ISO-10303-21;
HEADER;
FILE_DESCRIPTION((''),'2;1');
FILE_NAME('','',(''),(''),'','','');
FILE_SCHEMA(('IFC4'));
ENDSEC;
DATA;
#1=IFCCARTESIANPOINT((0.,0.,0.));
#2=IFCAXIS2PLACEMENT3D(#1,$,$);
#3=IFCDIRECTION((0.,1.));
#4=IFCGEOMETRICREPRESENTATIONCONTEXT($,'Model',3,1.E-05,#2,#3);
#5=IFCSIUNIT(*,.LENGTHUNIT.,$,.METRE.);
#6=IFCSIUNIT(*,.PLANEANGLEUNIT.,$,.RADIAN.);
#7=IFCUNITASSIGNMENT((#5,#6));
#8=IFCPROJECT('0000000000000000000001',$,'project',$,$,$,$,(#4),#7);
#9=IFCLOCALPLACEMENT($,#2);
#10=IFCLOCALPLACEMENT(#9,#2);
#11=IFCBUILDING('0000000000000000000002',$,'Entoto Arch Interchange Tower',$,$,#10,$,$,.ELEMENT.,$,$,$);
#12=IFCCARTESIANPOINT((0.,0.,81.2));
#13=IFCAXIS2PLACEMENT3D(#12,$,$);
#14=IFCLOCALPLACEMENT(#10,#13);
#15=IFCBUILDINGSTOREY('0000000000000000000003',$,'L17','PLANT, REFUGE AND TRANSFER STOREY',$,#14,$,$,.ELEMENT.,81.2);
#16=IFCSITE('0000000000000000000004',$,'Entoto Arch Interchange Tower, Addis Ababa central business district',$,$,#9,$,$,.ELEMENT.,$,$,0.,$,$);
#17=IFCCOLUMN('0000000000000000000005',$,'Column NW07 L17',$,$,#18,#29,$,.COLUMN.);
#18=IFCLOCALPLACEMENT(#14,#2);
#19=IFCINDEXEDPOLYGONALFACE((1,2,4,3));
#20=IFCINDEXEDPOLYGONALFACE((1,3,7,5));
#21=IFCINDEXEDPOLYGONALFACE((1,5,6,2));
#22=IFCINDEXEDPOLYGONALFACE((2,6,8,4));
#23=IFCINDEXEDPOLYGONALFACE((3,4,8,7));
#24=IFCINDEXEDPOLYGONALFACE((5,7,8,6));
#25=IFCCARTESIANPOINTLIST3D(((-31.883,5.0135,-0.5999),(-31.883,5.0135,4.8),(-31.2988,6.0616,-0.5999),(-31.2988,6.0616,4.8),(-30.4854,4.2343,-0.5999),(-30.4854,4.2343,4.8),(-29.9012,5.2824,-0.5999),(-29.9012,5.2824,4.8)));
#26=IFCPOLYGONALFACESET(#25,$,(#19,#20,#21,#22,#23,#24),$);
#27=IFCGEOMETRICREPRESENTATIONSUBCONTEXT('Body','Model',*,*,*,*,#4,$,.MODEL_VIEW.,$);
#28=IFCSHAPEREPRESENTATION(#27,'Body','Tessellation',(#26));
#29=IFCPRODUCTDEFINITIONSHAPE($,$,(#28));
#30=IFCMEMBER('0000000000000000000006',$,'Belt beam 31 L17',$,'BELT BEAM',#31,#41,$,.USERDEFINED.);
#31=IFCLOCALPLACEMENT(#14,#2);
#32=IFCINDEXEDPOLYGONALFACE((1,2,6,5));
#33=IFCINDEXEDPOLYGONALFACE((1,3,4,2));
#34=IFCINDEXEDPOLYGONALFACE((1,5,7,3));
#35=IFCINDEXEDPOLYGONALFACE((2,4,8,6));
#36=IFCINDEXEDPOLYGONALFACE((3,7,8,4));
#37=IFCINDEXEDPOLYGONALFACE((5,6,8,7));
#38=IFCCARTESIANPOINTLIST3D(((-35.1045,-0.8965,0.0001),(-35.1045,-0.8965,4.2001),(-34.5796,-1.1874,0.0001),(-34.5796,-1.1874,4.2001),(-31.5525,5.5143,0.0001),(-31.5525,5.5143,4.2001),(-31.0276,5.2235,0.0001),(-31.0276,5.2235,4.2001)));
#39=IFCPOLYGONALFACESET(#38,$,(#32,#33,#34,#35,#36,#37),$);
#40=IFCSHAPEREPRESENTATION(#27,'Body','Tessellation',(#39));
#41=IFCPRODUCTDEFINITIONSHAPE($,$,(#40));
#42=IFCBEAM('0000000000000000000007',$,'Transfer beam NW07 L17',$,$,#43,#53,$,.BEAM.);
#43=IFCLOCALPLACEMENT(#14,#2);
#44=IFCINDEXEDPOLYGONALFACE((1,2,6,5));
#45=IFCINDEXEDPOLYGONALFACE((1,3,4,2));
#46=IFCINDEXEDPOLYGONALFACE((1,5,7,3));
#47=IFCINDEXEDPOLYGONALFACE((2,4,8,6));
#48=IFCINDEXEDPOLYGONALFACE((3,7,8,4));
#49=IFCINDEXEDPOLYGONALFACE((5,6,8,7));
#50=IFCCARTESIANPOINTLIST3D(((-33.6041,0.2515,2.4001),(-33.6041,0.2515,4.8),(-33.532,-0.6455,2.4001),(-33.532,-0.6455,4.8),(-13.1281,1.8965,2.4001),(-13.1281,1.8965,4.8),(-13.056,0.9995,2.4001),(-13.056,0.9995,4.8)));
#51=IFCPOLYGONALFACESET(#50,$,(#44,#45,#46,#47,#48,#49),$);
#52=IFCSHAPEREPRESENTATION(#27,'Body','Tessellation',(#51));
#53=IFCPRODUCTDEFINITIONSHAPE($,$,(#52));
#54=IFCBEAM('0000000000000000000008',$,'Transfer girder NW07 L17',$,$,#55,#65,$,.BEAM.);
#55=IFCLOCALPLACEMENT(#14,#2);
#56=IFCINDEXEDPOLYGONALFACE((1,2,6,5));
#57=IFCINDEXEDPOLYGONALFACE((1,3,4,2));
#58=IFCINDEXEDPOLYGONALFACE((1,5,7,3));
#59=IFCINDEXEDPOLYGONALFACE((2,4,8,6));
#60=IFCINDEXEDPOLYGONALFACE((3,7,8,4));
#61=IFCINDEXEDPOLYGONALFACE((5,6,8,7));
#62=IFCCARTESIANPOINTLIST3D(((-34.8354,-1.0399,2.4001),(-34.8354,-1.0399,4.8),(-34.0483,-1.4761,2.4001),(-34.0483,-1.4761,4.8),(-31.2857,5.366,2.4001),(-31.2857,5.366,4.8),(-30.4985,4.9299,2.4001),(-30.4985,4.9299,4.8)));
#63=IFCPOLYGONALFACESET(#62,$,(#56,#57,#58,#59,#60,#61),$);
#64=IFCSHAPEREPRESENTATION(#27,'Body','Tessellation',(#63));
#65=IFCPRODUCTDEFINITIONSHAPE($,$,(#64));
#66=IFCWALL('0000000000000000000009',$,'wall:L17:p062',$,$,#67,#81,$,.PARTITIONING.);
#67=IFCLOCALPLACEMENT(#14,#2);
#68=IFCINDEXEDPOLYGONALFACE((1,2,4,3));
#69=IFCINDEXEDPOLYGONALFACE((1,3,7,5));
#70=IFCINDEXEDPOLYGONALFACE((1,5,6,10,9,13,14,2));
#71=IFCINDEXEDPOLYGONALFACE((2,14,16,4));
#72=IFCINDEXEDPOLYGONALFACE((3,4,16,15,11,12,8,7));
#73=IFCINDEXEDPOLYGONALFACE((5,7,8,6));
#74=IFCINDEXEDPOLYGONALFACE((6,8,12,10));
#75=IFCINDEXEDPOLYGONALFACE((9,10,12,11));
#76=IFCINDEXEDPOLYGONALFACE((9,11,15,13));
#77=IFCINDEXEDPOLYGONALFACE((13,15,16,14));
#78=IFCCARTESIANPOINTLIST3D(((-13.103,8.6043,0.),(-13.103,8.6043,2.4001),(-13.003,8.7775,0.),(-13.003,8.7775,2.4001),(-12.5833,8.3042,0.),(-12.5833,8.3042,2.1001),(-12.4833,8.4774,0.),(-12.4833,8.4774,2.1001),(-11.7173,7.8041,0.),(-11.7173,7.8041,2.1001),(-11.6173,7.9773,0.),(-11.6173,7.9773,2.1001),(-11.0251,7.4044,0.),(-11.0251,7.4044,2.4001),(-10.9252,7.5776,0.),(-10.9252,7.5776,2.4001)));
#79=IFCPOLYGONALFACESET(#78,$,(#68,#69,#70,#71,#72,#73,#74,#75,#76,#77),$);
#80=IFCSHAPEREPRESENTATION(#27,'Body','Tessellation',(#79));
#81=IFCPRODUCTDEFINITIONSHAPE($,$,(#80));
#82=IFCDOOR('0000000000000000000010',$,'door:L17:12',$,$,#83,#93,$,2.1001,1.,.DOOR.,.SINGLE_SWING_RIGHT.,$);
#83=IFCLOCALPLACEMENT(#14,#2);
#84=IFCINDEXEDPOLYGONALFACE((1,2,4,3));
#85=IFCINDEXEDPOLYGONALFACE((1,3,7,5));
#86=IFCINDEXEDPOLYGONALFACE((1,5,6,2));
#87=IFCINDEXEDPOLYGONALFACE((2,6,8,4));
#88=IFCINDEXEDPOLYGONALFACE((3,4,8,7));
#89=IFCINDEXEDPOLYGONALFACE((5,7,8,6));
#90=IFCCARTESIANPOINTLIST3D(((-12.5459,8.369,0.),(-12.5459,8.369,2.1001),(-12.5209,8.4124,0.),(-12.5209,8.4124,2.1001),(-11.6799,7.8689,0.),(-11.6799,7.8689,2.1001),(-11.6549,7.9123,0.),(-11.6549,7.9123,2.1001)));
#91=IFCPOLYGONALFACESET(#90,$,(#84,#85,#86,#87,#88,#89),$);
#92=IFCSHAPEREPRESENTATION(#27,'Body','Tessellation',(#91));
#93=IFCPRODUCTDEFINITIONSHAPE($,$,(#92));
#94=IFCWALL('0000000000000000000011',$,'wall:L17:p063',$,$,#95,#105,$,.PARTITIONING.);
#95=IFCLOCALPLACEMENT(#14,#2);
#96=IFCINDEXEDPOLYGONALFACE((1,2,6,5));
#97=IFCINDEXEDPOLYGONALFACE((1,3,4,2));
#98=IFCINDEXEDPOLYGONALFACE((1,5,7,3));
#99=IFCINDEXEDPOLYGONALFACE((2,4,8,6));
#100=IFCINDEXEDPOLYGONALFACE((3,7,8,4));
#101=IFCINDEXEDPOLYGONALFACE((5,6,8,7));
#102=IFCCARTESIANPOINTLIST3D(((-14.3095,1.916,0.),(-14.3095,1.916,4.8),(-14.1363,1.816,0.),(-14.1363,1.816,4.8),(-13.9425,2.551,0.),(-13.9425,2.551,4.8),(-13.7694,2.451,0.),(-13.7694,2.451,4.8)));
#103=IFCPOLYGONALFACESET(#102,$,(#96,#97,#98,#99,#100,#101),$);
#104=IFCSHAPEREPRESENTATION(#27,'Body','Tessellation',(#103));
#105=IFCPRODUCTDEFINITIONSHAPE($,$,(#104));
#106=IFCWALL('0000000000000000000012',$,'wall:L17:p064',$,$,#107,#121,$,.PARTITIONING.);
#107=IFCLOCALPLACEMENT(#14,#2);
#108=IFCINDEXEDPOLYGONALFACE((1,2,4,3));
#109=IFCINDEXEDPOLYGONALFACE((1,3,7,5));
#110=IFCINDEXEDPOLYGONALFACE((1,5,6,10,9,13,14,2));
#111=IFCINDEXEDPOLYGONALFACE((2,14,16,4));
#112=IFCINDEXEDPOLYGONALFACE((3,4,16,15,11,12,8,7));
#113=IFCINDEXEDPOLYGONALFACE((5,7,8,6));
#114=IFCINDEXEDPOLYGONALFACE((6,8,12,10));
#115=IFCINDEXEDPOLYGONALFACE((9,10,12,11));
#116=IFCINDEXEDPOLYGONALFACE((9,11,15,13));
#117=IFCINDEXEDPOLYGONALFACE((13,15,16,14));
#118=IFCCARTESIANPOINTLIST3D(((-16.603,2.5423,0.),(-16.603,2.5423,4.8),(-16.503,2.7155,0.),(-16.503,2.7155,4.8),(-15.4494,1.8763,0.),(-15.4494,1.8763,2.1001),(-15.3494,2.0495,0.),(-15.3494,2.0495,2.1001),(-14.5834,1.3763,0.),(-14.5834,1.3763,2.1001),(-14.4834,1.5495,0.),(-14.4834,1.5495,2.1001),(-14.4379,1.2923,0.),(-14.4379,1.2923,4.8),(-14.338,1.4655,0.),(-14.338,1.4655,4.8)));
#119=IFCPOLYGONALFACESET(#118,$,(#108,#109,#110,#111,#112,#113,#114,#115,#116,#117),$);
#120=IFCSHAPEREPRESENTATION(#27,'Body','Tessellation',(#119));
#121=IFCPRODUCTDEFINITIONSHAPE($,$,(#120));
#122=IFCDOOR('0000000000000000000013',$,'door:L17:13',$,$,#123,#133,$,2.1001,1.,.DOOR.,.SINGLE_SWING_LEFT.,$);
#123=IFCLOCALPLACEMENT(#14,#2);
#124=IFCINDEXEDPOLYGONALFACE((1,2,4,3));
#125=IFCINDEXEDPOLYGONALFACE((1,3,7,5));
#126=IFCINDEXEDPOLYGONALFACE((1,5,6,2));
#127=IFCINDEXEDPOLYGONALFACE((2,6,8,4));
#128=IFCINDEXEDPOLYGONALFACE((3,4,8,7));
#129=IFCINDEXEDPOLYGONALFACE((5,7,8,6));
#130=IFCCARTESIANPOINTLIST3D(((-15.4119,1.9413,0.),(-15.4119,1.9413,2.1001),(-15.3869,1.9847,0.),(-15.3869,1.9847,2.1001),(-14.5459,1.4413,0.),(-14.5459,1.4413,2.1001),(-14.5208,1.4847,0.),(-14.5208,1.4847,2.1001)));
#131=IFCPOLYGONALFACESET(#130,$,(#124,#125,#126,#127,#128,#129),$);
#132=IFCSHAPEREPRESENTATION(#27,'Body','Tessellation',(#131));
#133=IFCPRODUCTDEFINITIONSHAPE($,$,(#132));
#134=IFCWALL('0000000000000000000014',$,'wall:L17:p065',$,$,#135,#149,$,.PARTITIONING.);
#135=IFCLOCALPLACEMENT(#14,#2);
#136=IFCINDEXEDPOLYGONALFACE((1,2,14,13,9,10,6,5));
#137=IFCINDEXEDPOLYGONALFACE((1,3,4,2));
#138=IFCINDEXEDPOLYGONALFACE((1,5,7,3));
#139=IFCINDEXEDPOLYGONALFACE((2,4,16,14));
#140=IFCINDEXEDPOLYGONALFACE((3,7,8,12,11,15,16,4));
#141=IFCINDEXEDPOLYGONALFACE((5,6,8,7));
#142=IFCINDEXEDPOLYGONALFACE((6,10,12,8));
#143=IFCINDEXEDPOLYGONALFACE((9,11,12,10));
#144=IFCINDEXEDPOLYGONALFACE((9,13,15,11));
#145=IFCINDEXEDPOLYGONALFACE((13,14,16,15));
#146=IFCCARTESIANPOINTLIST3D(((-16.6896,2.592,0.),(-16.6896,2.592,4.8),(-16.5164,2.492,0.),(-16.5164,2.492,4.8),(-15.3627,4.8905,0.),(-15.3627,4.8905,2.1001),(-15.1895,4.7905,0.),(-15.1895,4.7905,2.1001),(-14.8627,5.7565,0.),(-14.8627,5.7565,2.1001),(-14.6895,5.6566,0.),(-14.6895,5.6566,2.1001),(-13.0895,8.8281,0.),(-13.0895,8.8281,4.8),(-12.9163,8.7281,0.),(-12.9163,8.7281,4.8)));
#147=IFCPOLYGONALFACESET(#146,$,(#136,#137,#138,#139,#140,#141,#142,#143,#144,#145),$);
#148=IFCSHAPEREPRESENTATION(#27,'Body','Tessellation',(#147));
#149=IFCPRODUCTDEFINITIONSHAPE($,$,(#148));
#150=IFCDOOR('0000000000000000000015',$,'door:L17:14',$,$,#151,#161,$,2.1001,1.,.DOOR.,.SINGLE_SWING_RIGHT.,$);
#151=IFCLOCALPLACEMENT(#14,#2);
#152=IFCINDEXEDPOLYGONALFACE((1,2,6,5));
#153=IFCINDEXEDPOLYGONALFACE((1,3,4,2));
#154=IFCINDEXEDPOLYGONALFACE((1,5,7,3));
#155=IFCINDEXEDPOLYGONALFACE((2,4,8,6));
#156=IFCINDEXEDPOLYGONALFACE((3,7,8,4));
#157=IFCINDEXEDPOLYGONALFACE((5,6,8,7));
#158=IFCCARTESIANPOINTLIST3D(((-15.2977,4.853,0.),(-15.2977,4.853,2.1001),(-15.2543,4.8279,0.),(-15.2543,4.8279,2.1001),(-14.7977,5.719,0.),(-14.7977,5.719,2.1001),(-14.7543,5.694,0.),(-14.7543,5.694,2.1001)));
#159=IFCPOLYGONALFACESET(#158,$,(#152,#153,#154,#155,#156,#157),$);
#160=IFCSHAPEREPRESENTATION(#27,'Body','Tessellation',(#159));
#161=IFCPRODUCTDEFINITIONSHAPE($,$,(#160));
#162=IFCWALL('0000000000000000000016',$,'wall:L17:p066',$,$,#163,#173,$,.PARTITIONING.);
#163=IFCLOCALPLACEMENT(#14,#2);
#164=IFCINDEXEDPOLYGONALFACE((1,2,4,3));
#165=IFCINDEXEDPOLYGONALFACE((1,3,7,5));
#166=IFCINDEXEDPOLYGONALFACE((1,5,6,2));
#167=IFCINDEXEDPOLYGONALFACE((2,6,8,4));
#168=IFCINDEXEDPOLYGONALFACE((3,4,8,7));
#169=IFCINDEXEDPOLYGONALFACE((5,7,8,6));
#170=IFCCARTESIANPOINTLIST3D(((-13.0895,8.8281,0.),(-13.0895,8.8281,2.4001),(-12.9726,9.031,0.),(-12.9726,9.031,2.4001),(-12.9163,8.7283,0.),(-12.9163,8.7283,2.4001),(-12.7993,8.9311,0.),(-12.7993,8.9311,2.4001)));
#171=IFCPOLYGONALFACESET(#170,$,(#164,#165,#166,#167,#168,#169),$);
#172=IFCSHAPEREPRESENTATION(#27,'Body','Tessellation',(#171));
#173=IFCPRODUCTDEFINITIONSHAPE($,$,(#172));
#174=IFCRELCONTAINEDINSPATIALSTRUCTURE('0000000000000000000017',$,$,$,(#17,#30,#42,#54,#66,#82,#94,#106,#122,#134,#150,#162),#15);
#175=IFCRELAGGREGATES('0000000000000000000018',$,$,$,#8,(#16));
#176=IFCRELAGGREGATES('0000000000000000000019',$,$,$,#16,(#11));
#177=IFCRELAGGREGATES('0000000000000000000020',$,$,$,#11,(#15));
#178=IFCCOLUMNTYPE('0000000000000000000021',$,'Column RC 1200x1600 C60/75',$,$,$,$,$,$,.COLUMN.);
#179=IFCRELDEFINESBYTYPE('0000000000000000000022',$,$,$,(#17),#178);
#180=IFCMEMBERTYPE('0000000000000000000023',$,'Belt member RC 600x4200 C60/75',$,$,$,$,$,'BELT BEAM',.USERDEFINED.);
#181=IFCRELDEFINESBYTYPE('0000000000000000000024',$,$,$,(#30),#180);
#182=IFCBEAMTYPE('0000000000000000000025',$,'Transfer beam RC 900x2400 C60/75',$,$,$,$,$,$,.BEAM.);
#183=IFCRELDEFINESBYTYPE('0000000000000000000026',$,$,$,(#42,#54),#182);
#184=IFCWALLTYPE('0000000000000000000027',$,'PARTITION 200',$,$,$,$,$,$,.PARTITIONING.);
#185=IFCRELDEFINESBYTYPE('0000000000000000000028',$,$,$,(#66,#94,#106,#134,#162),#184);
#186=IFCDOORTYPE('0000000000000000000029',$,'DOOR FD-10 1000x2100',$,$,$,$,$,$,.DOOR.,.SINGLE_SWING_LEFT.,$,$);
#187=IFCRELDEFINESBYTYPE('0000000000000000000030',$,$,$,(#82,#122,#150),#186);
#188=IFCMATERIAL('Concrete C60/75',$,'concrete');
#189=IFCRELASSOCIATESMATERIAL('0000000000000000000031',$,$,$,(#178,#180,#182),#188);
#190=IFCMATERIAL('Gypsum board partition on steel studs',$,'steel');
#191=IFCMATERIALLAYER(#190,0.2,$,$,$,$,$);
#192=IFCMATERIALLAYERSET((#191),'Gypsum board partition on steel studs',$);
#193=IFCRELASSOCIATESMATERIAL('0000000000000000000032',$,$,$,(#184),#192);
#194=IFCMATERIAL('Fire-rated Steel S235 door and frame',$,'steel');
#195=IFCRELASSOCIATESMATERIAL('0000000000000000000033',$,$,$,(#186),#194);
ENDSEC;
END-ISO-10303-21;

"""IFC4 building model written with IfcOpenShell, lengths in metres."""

from ifc_helpers import new_model, si_unit, direction, frame, frame_2d, origin, origin_2d, place, context, subcontext, project, spatial, rectangle, extrude, material, layer, layer_set, material_profile, profile_set, type_object, element, fill, save


model = new_model("IFC4")

# Units and contexts
model_context = context("Model", 3, precision=1e-05, world=origin(), true_north=direction((0.0, 1.0)))
body_context = subcontext(model_context, "Body", "Model", "MODEL_VIEW")
ifc_project = project(units=[si_unit("LENGTHUNIT", "METRE"), si_unit("PLANEANGLEUNIT", "RADIAN")], contexts=[model_context])

# Site, building, storey
site_placement = place(None, origin())
site = spatial("IfcSite", under=ifc_project, at=site_placement, Name="Entoto Arch Interchange Tower, Addis Ababa central business district", CompositionType="ELEMENT", RefElevation=0.0)
building_placement = place(site_placement, origin())
building = spatial("IfcBuilding", under=site, at=building_placement, Name="Entoto Arch Interchange Tower", CompositionType="ELEMENT")
storey_placement = place(building_placement, frame((0.0, 0.0, 81.2)))
storey = spatial("IfcBuildingStorey", under=building, at=storey_placement, Name="L17", Description="PLANT, REFUGE AND TRANSFER STOREY", CompositionType="ELEMENT", Elevation=81.2)

# Column
ifc_material_1 = material(Name="Concrete C60/75", Category="concrete")
ifc_material_profile_1 = material_profile(ifc_material_1, rectangle(XDim=1.2, YDim=1.6001, at=origin_2d()))
ifc_profile_set_1 = profile_set([ifc_material_profile_1], Name="Concrete C60/75")
column_type = type_object("IfcColumnType", Name="Column RC 1200x1600 C60/75", PredefinedType="COLUMN", material=ifc_profile_set_1)
column_placement = place(storey_placement, frame((-30.8921, 5.1479, -0.5999), z_axis=(0.0, 0.0, 1.0), x_axis=(0.486915, 0.873449, 0.0)))
element("IfcColumn", 1, at=column_placement, inside=storey, type_object=column_type, Name="Column NW07 L17", PredefinedType="COLUMN", context=body_context, shape_type="SweptSolid", body=[
    extrude(rectangle(XDim=1.2, YDim=1.6001, at=origin_2d()), origin(), (0.0, 0.0, 1.0), 5.3999),
])

# Member
ifc_material_profile_2 = material_profile(ifc_material_1, rectangle(XDim=0.6001, YDim=4.2, at=origin_2d()))
ifc_profile_set_2 = profile_set([ifc_material_profile_2], Name="Concrete C60/75")
member_type = type_object("IfcMemberType", Name="Belt member RC 600x4200 C60/75", ElementType="BELT BEAM", PredefinedType="USERDEFINED", material=ifc_profile_set_2)
member_placement = place(storey_placement, frame((-31.29, 5.3689, 2.1001), z_axis=(-0.484641, -0.874713, 0.0), x_axis=(0.874713, -0.484641, 0.0)))
element("IfcMember", 2, at=member_placement, inside=storey, type_object=member_type, Name="Belt beam 31 L17", ObjectType="BELT BEAM", PredefinedType="USERDEFINED", context=body_context, shape_type="SweptSolid", body=[
    extrude(rectangle(XDim=0.6001, YDim=4.2, at=origin_2d()), origin(), (0.0, 0.0, 1.0), 7.3291),
])

# Beams
ifc_material_profile_3 = material_profile(ifc_material_1, rectangle(XDim=0.8999, YDim=2.3999, at=origin_2d()))
ifc_profile_set_3 = profile_set([ifc_material_profile_3], Name="Concrete C60/75")
beam_type = type_object("IfcBeamType", Name="Transfer beam RC 900x2400 C60/75", PredefinedType="BEAM", material=ifc_profile_set_3)
beam_1_placement = place(storey_placement, frame((-13.092, 1.448, 3.6001), z_axis=(-0.996788, -0.080081, 0.0), x_axis=(0.080081, -0.996788, 0.0)))
element("IfcBeam", 3, at=beam_1_placement, inside=storey, type_object=beam_type, Name="Transfer beam NW07 L17", PredefinedType="BEAM", context=body_context, shape_type="SweptSolid", body=[
    extrude(rectangle(XDim=0.8999, YDim=2.3999, at=origin_2d()), origin(), (0.0, 0.0, 1.0), 20.542),
])
beam_2_placement = place(storey_placement, frame((-30.8921, 5.1479, 3.6001), z_axis=(-0.484694, -0.874684, 0.0), x_axis=(0.874684, -0.484694, 0.0)))
element("IfcBeam", 4, at=beam_2_placement, inside=storey, type_object=beam_type, Name="Transfer girder NW07 L17", PredefinedType="BEAM", context=body_context, shape_type="SweptSolid", body=[
    extrude(rectangle(XDim=0.8999, YDim=2.3999, at=origin_2d()), origin(), (0.0, 0.0, 1.0), 7.3237),
])

# Wall, opening, door
ifc_material_2 = material(Name="Gypsum board partition on steel studs", Category="steel")
ifc_layer_1 = layer(ifc_material_2, 0.2)
ifc_layer_set_1 = layer_set([ifc_layer_1], Name="Gypsum board partition on steel studs")
wall_type_1 = type_object("IfcWallType", Name="PARTITION 200", PredefinedType="PARTITIONING", material=ifc_layer_set_1)
wall_1_placement = place(storey_placement, frame((-13.053, 8.6909, 0.0), z_axis=(0.0, 0.0, 1.0), x_axis=(0.865974, -0.500089, 0.0)))
wall_1 = element("IfcWall", 5, at=wall_1_placement, inside=storey, type_object=wall_type_1, Name="wall:L17:p062", PredefinedType="PARTITIONING", context=body_context, shape_type="SweptSolid", body=[
    extrude(rectangle(XDim=2.3994, YDim=0.2, at=frame_2d((1.1997, 0.0))), origin(), (0.0, 0.0, 1.0), 2.4001),
])
opening_1_placement = place(wall_1_placement, frame((0.6001, 0.0, 0.0)))
opening_1 = element("IfcOpeningElement", 6, at=opening_1_placement, cuts=wall_1, PredefinedType="OPENING", context=body_context, shape_type="SweptSolid", body=[
    extrude(rectangle(XDim=1.0, YDim=2.1001, at=frame_2d((0.5, 1.05))), frame((0.0, 0.1099, 0.0), z_axis=(0.0, -1.0, 0.0), x_axis=(1.0, 0.0, 0.0)), (0.0, 0.0, 1.0), 0.22),
])
ifc_material_3 = material(Name="Fire-rated Steel S235 door and frame", Category="steel")
door_type = type_object("IfcDoorType", Name="DOOR FD-10 1000x2100", OperationType="SINGLE_SWING_LEFT", PredefinedType="DOOR", material=ifc_material_3)
door_1_placement = place(opening_1_placement, origin())
door_1 = element("IfcDoor", 7, at=door_1_placement, inside=storey, type_object=door_type, Name="door:L17:12", OperationType="SINGLE_SWING_RIGHT", OverallHeight=2.1001, OverallWidth=1.0, PredefinedType="DOOR", context=body_context, shape_type="SweptSolid", body=[
    extrude(rectangle(XDim=1.0, YDim=2.1001, at=frame_2d((0.5, 1.05))), frame((0.0, 0.0249, 0.0), z_axis=(0.0, -1.0, 0.0), x_axis=(1.0, 0.0, 0.0)), (0.0, 0.0, 1.0), 0.05),
])
fill(opening_1, door_1)

# Wall
wall_2_placement = place(storey_placement, frame((-13.856, 2.501, 0.0), z_axis=(0.0, 0.0, 1.0), x_axis=(-0.500328, -0.865836, 0.0)))
element("IfcWall", 8, at=wall_2_placement, inside=storey, type_object=wall_type_1, Name="wall:L17:p063", PredefinedType="PARTITIONING", context=body_context, shape_type="SweptSolid", body=[
    extrude(rectangle(XDim=0.7334, YDim=0.2, at=frame_2d((0.3667, 0.0))), origin(), (0.0, 0.0, 1.0), 4.8),
])

# Walls, openings, doors
wall_3_placement = place(storey_placement, frame((-14.3879, 1.3789, 0.0), z_axis=(0.0, 0.0, 1.0), x_axis=(-0.866023, 0.500004, 0.0)))
wall_3 = element("IfcWall", 9, at=wall_3_placement, inside=storey, type_object=wall_type_1, Name="wall:L17:p064", PredefinedType="PARTITIONING", context=body_context, shape_type="SweptSolid", body=[
    extrude(rectangle(XDim=2.5, YDim=0.2, at=frame_2d((1.25, 0.0))), origin(), (0.0, 0.0, 1.0), 4.8),
])
opening_2_placement = place(wall_3_placement, frame((0.168, 0.0, 0.0)))
opening_2 = element("IfcOpeningElement", 10, at=opening_2_placement, cuts=wall_3, PredefinedType="OPENING", context=body_context, shape_type="SweptSolid", body=[
    extrude(rectangle(XDim=1.0, YDim=2.1001, at=frame_2d((0.5, 1.05))), frame((0.0, 0.1099, 0.0), z_axis=(0.0, -1.0, 0.0), x_axis=(1.0, 0.0, 0.0)), (0.0, 0.0, 1.0), 0.22),
])
door_2_placement = place(opening_2_placement, origin())
door_2 = element("IfcDoor", 11, at=door_2_placement, inside=storey, type_object=door_type, Name="door:L17:13", OperationType="SINGLE_SWING_LEFT", OverallHeight=2.1001, OverallWidth=1.0, PredefinedType="DOOR", context=body_context, shape_type="SweptSolid", body=[
    extrude(rectangle(XDim=1.0, YDim=2.1001, at=frame_2d((0.5, 1.05))), frame((0.0, 0.0249, 0.0), z_axis=(0.0, -1.0, 0.0), x_axis=(1.0, 0.0, 0.0)), (0.0, 0.0, 1.0), 0.05),
])
fill(opening_2, door_2)
wall_4_placement = place(storey_placement, frame((-16.603, 2.542, 0.0), z_axis=(0.0, 0.0, 1.0), x_axis=(0.499968, 0.866044, 0.0)))
wall_4 = element("IfcWall", 12, at=wall_4_placement, inside=storey, type_object=wall_type_1, Name="wall:L17:p065", PredefinedType="PARTITIONING", context=body_context, shape_type="SweptSolid", body=[
    extrude(rectangle(XDim=7.2007, YDim=0.2, at=frame_2d((3.6003, 0.0))), origin(), (0.0, 0.0, 1.0), 4.8),
])
opening_3_placement = place(wall_4_placement, frame((2.6541, 0.0, 0.0)))
opening_3 = element("IfcOpeningElement", 13, at=opening_3_placement, cuts=wall_4, PredefinedType="OPENING", context=body_context, shape_type="SweptSolid", body=[
    extrude(rectangle(XDim=1.0, YDim=2.1001, at=frame_2d((0.5, 1.05))), frame((0.0, 0.1099, 0.0), z_axis=(0.0, -1.0, 0.0), x_axis=(1.0, 0.0, 0.0)), (0.0, 0.0, 1.0), 0.22),
])
door_3_placement = place(opening_3_placement, origin())
door_3 = element("IfcDoor", 14, at=door_3_placement, inside=storey, type_object=door_type, Name="door:L17:14", OperationType="SINGLE_SWING_RIGHT", OverallHeight=2.1001, OverallWidth=1.0, PredefinedType="DOOR", context=body_context, shape_type="SweptSolid", body=[
    extrude(rectangle(XDim=1.0, YDim=2.1001, at=frame_2d((0.5, 1.05))), frame((0.0, 0.0249, 0.0), z_axis=(0.0, -1.0, 0.0), x_axis=(1.0, 0.0, 0.0)), (0.0, 0.0, 1.0), 0.05),
])
fill(opening_3, door_3)

# Wall
wall_5_placement = place(storey_placement, frame((-13.0029, 8.7781, 0.0), z_axis=(0.0, 0.0, 1.0), x_axis=(0.499391, 0.866376, 0.0)))
element("IfcWall", 15, at=wall_5_placement, inside=storey, type_object=wall_type_1, Name="wall:L17:p066", PredefinedType="PARTITIONING", context=body_context, shape_type="SweptSolid", body=[
    extrude(rectangle(XDim=0.2341, YDim=0.2, at=frame_2d((0.1172, 0.0))), origin(), (0.0, 0.0, 1.0), 2.4001),
])

save(model, "model.ifc")
